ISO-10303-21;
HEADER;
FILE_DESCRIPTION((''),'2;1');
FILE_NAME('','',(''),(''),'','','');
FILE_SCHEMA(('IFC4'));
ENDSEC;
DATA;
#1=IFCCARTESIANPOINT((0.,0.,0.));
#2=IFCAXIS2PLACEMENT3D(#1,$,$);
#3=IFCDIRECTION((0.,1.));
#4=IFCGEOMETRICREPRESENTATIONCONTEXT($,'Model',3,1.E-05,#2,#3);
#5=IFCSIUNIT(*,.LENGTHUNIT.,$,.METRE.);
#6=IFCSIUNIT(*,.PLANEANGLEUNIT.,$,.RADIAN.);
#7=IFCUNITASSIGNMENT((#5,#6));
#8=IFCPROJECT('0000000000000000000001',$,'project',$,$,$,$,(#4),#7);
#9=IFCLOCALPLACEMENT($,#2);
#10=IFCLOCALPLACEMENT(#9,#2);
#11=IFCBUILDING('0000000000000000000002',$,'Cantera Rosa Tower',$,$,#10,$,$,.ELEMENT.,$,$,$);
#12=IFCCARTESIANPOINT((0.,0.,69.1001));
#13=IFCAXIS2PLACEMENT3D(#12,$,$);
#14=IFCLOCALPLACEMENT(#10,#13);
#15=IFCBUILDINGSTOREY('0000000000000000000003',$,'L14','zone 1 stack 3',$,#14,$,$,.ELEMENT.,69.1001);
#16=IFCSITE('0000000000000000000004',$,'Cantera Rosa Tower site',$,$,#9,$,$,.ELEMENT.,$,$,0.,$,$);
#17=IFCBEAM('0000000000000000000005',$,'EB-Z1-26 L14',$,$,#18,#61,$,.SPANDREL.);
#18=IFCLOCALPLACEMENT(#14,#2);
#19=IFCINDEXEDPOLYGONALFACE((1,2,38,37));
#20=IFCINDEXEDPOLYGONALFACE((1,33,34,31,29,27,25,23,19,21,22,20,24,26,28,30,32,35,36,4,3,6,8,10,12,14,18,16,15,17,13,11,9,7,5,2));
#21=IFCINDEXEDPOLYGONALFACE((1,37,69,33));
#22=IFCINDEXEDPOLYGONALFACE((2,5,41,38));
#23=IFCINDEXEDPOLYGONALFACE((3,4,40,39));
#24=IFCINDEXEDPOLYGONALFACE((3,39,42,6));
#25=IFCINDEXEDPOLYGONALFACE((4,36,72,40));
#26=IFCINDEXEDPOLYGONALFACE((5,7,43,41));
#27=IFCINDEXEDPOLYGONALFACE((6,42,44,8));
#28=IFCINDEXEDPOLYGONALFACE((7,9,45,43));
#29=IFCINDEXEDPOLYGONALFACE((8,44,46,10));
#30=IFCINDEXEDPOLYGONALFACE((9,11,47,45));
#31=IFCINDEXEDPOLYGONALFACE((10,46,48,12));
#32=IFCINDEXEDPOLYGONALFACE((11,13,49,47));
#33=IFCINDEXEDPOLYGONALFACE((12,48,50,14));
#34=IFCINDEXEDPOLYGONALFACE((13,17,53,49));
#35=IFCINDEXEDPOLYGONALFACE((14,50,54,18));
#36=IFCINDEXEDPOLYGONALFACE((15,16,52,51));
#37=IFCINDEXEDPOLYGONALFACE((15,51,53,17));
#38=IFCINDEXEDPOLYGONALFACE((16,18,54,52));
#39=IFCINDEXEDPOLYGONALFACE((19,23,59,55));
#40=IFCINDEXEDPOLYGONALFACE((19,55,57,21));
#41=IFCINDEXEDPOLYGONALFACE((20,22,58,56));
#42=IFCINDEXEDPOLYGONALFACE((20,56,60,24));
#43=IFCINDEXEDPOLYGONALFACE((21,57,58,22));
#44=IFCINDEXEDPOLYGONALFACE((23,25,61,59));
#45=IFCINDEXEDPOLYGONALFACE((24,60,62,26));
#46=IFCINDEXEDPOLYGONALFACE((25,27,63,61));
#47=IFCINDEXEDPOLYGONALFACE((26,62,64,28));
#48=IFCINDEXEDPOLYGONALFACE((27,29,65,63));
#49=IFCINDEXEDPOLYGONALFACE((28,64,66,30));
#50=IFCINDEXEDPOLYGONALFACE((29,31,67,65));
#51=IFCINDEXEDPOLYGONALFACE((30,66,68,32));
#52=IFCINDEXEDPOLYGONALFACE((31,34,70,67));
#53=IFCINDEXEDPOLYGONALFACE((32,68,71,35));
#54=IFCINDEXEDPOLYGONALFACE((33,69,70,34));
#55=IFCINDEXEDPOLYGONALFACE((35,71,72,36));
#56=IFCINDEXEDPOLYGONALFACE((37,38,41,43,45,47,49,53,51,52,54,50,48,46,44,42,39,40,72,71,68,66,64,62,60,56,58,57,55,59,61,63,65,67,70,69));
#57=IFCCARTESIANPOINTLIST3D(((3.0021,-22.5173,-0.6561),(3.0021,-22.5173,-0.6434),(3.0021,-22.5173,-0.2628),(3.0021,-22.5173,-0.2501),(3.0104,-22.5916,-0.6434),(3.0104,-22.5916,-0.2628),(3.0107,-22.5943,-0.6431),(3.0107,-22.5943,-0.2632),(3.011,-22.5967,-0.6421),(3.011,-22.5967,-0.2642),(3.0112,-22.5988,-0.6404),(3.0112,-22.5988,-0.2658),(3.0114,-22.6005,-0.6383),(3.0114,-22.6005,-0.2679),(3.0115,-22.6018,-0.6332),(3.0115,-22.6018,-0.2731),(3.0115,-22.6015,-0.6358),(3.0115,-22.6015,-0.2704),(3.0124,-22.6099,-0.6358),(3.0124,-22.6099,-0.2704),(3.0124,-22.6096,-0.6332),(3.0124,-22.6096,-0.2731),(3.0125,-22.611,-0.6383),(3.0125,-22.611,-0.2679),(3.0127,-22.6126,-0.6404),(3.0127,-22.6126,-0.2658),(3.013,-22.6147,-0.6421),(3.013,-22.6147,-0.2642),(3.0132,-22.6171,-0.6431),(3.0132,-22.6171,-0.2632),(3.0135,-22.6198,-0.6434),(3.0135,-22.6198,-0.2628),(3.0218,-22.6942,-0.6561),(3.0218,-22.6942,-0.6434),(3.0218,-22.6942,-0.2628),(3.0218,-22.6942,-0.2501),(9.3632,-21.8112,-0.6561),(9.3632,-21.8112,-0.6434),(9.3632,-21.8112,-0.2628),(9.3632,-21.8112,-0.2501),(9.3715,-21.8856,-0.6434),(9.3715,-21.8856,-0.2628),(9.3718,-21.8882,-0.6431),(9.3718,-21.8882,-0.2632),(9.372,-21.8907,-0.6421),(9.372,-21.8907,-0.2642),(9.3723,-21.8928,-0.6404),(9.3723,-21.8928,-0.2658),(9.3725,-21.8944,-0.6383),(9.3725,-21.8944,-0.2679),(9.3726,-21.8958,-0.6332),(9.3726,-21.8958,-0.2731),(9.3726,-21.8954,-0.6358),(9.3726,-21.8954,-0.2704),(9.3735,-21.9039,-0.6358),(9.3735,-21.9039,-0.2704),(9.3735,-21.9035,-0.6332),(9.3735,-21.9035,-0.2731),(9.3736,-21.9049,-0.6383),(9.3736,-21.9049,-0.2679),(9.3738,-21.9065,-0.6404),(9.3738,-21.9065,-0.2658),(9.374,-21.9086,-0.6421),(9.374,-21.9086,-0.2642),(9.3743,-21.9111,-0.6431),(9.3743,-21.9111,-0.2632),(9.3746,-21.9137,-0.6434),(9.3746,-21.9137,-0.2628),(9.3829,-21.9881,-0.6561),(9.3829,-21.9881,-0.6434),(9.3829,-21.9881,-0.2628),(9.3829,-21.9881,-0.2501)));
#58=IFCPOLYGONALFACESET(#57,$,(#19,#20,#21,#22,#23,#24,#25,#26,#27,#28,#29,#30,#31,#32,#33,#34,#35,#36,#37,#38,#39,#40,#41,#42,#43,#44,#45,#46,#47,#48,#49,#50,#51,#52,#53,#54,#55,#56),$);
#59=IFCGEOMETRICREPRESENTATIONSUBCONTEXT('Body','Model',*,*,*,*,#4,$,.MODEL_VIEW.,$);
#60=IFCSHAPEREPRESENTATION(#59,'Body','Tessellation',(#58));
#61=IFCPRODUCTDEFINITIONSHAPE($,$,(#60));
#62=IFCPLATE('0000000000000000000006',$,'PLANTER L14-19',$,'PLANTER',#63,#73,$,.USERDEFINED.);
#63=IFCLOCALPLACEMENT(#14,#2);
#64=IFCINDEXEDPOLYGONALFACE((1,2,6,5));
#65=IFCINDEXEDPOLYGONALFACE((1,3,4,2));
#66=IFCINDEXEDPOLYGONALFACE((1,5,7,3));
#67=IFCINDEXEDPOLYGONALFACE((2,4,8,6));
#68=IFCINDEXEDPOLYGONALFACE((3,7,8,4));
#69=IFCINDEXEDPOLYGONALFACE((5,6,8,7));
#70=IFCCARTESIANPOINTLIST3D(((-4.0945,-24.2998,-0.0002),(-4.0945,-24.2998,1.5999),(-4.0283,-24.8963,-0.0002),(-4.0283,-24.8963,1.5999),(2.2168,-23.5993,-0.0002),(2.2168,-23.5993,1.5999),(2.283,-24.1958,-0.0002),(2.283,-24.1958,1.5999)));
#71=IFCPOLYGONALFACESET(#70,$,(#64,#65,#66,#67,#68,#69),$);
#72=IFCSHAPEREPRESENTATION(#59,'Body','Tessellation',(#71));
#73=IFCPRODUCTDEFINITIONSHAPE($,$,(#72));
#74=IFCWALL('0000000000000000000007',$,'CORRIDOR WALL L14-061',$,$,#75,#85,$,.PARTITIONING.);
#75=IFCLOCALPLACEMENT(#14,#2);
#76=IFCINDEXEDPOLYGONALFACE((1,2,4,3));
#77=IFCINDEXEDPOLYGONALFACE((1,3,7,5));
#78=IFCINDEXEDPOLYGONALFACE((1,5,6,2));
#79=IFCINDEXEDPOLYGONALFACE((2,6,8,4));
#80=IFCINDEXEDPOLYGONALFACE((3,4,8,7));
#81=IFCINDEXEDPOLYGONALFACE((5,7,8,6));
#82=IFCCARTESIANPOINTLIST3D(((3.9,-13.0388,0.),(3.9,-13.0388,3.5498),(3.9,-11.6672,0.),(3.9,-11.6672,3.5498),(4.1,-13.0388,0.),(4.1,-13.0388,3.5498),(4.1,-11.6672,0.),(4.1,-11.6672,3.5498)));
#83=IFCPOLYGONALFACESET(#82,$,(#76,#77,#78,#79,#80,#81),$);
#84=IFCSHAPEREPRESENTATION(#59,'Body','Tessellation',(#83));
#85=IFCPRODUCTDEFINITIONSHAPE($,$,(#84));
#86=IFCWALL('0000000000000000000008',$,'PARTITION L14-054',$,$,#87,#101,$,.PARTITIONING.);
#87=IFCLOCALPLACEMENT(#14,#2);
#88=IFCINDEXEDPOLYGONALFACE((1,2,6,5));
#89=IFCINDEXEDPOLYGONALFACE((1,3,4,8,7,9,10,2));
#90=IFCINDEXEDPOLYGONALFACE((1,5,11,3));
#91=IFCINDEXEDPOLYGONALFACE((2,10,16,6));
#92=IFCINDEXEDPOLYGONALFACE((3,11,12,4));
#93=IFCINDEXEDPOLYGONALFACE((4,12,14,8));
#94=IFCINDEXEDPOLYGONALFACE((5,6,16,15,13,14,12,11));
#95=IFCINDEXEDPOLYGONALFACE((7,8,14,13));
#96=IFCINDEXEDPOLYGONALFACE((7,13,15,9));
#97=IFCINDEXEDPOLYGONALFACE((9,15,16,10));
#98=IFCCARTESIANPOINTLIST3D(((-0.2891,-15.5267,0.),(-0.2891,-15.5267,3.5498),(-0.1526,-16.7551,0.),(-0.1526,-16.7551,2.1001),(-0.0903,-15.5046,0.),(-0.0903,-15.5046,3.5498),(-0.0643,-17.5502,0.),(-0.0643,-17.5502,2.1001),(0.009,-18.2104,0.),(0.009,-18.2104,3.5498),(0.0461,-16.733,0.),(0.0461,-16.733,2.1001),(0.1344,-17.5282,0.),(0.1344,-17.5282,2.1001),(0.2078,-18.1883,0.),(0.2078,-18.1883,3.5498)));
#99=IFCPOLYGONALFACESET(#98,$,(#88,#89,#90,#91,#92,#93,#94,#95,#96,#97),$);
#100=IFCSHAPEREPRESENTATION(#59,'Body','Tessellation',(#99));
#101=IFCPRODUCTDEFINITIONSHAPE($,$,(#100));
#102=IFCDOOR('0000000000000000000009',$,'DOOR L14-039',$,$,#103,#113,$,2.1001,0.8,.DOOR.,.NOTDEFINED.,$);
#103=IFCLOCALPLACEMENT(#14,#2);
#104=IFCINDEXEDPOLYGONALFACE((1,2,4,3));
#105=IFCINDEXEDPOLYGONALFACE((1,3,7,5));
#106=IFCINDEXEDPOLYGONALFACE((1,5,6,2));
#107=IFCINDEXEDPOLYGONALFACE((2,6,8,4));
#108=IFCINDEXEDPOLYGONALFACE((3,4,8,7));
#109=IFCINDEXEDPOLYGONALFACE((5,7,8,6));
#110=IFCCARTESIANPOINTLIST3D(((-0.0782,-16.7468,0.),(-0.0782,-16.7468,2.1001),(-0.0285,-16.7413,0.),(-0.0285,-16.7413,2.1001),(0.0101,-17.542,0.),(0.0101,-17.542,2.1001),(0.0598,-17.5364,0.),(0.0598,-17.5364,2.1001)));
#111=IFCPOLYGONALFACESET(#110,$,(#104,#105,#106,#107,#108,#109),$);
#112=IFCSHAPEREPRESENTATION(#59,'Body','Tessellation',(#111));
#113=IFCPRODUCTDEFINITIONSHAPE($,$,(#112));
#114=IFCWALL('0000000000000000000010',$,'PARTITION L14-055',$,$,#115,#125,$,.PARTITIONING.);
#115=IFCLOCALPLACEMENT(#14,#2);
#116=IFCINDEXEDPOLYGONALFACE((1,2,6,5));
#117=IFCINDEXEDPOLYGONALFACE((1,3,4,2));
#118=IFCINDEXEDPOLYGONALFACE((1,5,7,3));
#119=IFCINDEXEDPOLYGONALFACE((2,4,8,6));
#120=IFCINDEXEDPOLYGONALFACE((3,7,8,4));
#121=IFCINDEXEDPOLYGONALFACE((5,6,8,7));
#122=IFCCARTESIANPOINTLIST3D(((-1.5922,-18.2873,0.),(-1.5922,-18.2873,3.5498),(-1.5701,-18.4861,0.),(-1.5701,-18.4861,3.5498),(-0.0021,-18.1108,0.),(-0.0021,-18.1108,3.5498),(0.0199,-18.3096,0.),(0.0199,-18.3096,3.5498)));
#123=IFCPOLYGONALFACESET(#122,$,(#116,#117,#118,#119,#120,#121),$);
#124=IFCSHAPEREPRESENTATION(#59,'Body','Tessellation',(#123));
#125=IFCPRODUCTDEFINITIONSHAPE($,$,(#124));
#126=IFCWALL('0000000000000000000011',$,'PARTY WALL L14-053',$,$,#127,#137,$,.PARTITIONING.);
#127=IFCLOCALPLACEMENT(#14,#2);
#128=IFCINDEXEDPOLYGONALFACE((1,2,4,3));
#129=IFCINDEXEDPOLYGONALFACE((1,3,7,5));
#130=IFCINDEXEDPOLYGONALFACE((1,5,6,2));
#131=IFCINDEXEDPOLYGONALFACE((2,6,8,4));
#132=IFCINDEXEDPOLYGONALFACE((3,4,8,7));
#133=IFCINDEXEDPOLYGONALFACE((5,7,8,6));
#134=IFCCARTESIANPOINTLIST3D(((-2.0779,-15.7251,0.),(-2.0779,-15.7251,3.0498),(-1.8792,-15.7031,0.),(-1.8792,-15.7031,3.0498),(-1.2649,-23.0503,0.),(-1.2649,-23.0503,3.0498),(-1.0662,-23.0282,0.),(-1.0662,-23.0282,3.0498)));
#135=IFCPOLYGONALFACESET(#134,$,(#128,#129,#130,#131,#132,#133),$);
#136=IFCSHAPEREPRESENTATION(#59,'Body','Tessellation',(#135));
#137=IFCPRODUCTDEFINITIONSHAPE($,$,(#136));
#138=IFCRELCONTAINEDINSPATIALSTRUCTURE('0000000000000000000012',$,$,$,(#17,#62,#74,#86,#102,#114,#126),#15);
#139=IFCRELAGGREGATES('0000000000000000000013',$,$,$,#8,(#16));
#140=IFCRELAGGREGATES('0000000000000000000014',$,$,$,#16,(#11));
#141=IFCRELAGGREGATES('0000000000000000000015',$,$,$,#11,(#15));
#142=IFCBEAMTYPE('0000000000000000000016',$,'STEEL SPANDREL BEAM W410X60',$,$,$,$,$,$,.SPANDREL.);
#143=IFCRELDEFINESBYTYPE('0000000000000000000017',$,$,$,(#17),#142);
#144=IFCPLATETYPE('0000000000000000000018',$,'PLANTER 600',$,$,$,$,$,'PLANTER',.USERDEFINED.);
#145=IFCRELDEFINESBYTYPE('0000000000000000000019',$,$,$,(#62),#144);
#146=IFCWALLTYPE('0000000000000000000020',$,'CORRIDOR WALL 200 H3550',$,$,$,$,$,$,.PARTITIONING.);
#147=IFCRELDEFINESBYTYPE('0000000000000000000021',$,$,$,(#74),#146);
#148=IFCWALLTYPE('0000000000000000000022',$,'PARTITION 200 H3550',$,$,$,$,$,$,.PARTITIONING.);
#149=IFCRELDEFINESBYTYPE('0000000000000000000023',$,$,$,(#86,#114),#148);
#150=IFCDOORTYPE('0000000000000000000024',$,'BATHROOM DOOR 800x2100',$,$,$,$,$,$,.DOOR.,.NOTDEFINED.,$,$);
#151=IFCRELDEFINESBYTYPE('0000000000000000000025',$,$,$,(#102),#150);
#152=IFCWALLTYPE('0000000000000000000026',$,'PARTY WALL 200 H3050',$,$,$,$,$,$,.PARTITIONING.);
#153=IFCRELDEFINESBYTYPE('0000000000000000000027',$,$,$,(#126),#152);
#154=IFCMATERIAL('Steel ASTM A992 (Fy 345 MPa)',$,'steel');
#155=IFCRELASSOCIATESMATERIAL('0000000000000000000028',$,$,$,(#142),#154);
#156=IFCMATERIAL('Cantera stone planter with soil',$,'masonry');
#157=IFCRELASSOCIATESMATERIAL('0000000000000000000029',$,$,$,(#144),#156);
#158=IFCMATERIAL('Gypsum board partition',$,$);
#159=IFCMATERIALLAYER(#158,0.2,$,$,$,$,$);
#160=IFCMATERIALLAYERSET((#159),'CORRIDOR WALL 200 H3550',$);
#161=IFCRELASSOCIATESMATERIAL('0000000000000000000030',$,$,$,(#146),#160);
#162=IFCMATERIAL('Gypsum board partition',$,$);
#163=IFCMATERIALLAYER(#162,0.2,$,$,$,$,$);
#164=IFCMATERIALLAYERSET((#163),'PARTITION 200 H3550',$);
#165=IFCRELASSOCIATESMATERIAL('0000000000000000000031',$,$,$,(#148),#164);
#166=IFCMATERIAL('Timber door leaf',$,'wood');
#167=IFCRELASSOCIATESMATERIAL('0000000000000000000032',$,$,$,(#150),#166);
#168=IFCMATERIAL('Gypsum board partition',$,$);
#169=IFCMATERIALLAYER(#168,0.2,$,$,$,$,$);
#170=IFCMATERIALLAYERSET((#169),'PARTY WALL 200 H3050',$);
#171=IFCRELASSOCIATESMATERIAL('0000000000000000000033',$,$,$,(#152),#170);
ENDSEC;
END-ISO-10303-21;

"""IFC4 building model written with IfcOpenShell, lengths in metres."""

from ifc_helpers import new_model, si_unit, direction, frame, frame_2d, origin, origin_2d, place, context, subcontext, project, spatial, rectangle, i_section, extrude, material, layer, layer_set, material_profile, profile_set, type_object, element, fill, save


model = new_model("IFC4")

# Units and contexts
model_context = context("Model", 3, precision=1e-05, world=origin(), true_north=direction((0.0, 1.0)))
body_context = subcontext(model_context, "Body", "Model", "MODEL_VIEW")
ifc_project = project(units=[si_unit("LENGTHUNIT", "METRE"), si_unit("PLANEANGLEUNIT", "RADIAN")], contexts=[model_context])

# Site, building, storey
site_placement = place(None, origin())
site = spatial("IfcSite", under=ifc_project, at=site_placement, Name="Cantera Rosa Tower site", CompositionType="ELEMENT", RefElevation=0.0)
building_placement = place(site_placement, origin())
building = spatial("IfcBuilding", under=site, at=building_placement, Name="Cantera Rosa Tower", CompositionType="ELEMENT")
storey_placement = place(building_placement, frame((0.0, 0.0, 69.1001)))
storey = spatial("IfcBuildingStorey", under=building, at=storey_placement, Name="L14", Description="zone 1 stack 3", CompositionType="ELEMENT", Elevation=69.1001)

# Beam
ifc_material_1 = material(Name="Steel ASTM A992 (Fy 345 MPa)", Category="steel")
ifc_material_profile_1 = material_profile(ifc_material_1, i_section(OverallWidth=0.178, OverallDepth=0.406, WebThickness=0.0078, FlangeThickness=0.0127, FilletRadius=0.0103, at=origin_2d()), Name="W410X60")
ifc_profile_set_1 = profile_set([ifc_material_profile_1], Name="Steel ASTM A992 (Fy 345 MPa)")
beam_type_1 = type_object("IfcBeamType", Name="STEEL SPANDREL BEAM W410X60", PredefinedType="SPANDREL", material=ifc_profile_set_1)
beam_1_placement = place(storey_placement, frame((3.012, -22.6057, -0.4531), z_axis=(0.993896, 0.110318, 0.0), x_axis=(-0.110318, 0.993896, 0.0)))
element("IfcBeam", 1, at=beam_1_placement, inside=storey, type_object=beam_type_1, Name="EB-Z1-26 L14", PredefinedType="SPANDREL", context=body_context, shape_type="SweptSolid", body=[
    extrude(i_section(OverallWidth=0.178, OverallDepth=0.406, WebThickness=0.0078, FlangeThickness=0.0127, FilletRadius=0.0103, at=origin_2d()), origin(), (0.0, 0.0, 1.0), 6.4001),
])

# Plate
ifc_material_2 = material(Name="Cantera stone planter with soil", Category="masonry")
plate_type = type_object("IfcPlateType", Name="PLANTER 600", ElementType="PLANTER", PredefinedType="USERDEFINED", material=ifc_material_2)
plate_placement = place(storey_placement, frame((-0.9058, -24.2478, -0.0002), z_axis=(0.0, 0.0, 1.0), x_axis=(0.993897, 0.110313, 0.0)))
element("IfcPlate", 2, at=plate_placement, inside=storey, type_object=plate_type, Name="PLANTER L14-19", ObjectType="PLANTER", PredefinedType="USERDEFINED", context=body_context, shape_type="SweptSolid", body=[
    extrude(rectangle(XDim=6.3501, YDim=0.6001, at=origin_2d()), origin(), (0.0, 0.0, 1.0), 1.6001),
])

# Wall
ifc_material_3 = material(Name="Gypsum board partition")
ifc_layer_1 = layer(ifc_material_3, 0.2)
ifc_layer_set_1 = layer_set([ifc_layer_1], Name="CORRIDOR WALL 200 H3550")
wall_type_1 = type_object("IfcWallType", Name="CORRIDOR WALL 200 H3550", PredefinedType="PARTITIONING", material=ifc_layer_set_1)
wall_1_placement = place(storey_placement, frame((4.0, -13.0388, 0.0), z_axis=(0.0, 0.0, 1.0), x_axis=(0.0, 1.0, 0.0)))
element("IfcWall", 3, at=wall_1_placement, inside=storey, type_object=wall_type_1, Name="CORRIDOR WALL L14-061", PredefinedType="PARTITIONING", context=body_context, shape_type="SweptSolid", body=[
    extrude(rectangle(XDim=1.3716, YDim=0.2, at=frame_2d((0.6858, 0.0))), origin(), (0.0, 0.0, 1.0), 3.5498),
])

# Wall, opening, door
ifc_material_4 = material(Name="Gypsum board partition")
ifc_layer_2 = layer(ifc_material_4, 0.2)
ifc_layer_set_2 = layer_set([ifc_layer_2], Name="PARTITION 200 H3550")
wall_type_2 = type_object("IfcWallType", Name="PARTITION 200 H3550", PredefinedType="PARTITIONING", material=ifc_layer_set_2)
wall_2_placement = place(storey_placement, frame((-0.1897, -15.5156, 0.0), z_axis=(0.0, 0.0, 1.0), x_axis=(0.110402, -0.993887, 0.0)))
wall_2 = element("IfcWall", 4, at=wall_2_placement, inside=storey, type_object=wall_type_2, Name="PARTITION L14-054", PredefinedType="PARTITIONING", context=body_context, shape_type="SweptSolid", body=[
    extrude(rectangle(XDim=2.7002, YDim=0.2, at=frame_2d((1.3501, 0.0))), origin(), (0.0, 0.0, 1.0), 3.5498),
])
opening_1_placement = place(wall_2_placement, frame((1.2361, 0.0, 0.0)))
opening_1 = element("IfcOpeningElement", 5, at=opening_1_placement, cuts=wall_2, PredefinedType="OPENING", context=body_context, shape_type="SweptSolid", body=[
    extrude(rectangle(XDim=0.8, YDim=2.1001, at=frame_2d((0.3999, 1.05))), frame((0.0, 0.1099, 0.0), z_axis=(0.0, -1.0, 0.0), x_axis=(1.0, 0.0, 0.0)), (0.0, 0.0, 1.0), 0.22),
])
ifc_material_5 = material(Name="Timber door leaf", Category="wood")
door_type_1 = type_object("IfcDoorType", Name="BATHROOM DOOR 800x2100", OperationType="NOTDEFINED", PredefinedType="DOOR", material=ifc_material_5)
door_1_placement = place(opening_1_placement, origin())
door_1 = element("IfcDoor", 6, at=door_1_placement, inside=storey, type_object=door_type_1, Name="DOOR L14-039", OperationType="NOTDEFINED", OverallHeight=2.1001, OverallWidth=0.8, PredefinedType="DOOR", context=body_context, shape_type="SweptSolid", body=[
    extrude(rectangle(XDim=0.8, YDim=2.1001, at=frame_2d((0.3999, 1.05))), frame((0.0, 0.0249, 0.0), z_axis=(0.0, -1.0, 0.0), x_axis=(1.0, 0.0, 0.0)), (0.0, 0.0, 1.0), 0.05),
])
fill(opening_1, door_1)

# Walls
wall_3_placement = place(storey_placement, frame((0.0088, -18.2102, 0.0), z_axis=(0.0, 0.0, 1.0), x_axis=(-0.993895, -0.110331, 0.0)))
element("IfcWall", 7, at=wall_3_placement, inside=storey, type_object=wall_type_2, Name="PARTITION L14-055", PredefinedType="PARTITIONING", context=body_context, shape_type="SweptSolid", body=[
    extrude(rectangle(XDim=1.5999, YDim=0.2, at=frame_2d((0.7998, 0.0))), origin(), (0.0, 0.0, 1.0), 3.5498),
])
ifc_material_6 = material(Name="Gypsum board partition")
ifc_layer_3 = layer(ifc_material_6, 0.2)
ifc_layer_set_3 = layer_set([ifc_layer_3], Name="PARTY WALL 200 H3050")
wall_type_3 = type_object("IfcWallType", Name="PARTY WALL 200 H3050", PredefinedType="PARTITIONING", material=ifc_layer_set_3)
wall_4_placement = place(storey_placement, frame((-1.9785, -15.7141, 0.0), z_axis=(0.0, 0.0, 1.0), x_axis=(0.110308, -0.993897, 0.0)))
element("IfcWall", 8, at=wall_4_placement, inside=storey, type_object=wall_type_3, Name="PARTY WALL L14-053", PredefinedType="PARTITIONING", context=body_context, shape_type="SweptSolid", body=[
    extrude(rectangle(XDim=7.3701, YDim=0.2, at=frame_2d((3.6851, 0.0))), origin(), (0.0, 0.0, 1.0), 3.0498),
])

save(model, "model.ifc")
